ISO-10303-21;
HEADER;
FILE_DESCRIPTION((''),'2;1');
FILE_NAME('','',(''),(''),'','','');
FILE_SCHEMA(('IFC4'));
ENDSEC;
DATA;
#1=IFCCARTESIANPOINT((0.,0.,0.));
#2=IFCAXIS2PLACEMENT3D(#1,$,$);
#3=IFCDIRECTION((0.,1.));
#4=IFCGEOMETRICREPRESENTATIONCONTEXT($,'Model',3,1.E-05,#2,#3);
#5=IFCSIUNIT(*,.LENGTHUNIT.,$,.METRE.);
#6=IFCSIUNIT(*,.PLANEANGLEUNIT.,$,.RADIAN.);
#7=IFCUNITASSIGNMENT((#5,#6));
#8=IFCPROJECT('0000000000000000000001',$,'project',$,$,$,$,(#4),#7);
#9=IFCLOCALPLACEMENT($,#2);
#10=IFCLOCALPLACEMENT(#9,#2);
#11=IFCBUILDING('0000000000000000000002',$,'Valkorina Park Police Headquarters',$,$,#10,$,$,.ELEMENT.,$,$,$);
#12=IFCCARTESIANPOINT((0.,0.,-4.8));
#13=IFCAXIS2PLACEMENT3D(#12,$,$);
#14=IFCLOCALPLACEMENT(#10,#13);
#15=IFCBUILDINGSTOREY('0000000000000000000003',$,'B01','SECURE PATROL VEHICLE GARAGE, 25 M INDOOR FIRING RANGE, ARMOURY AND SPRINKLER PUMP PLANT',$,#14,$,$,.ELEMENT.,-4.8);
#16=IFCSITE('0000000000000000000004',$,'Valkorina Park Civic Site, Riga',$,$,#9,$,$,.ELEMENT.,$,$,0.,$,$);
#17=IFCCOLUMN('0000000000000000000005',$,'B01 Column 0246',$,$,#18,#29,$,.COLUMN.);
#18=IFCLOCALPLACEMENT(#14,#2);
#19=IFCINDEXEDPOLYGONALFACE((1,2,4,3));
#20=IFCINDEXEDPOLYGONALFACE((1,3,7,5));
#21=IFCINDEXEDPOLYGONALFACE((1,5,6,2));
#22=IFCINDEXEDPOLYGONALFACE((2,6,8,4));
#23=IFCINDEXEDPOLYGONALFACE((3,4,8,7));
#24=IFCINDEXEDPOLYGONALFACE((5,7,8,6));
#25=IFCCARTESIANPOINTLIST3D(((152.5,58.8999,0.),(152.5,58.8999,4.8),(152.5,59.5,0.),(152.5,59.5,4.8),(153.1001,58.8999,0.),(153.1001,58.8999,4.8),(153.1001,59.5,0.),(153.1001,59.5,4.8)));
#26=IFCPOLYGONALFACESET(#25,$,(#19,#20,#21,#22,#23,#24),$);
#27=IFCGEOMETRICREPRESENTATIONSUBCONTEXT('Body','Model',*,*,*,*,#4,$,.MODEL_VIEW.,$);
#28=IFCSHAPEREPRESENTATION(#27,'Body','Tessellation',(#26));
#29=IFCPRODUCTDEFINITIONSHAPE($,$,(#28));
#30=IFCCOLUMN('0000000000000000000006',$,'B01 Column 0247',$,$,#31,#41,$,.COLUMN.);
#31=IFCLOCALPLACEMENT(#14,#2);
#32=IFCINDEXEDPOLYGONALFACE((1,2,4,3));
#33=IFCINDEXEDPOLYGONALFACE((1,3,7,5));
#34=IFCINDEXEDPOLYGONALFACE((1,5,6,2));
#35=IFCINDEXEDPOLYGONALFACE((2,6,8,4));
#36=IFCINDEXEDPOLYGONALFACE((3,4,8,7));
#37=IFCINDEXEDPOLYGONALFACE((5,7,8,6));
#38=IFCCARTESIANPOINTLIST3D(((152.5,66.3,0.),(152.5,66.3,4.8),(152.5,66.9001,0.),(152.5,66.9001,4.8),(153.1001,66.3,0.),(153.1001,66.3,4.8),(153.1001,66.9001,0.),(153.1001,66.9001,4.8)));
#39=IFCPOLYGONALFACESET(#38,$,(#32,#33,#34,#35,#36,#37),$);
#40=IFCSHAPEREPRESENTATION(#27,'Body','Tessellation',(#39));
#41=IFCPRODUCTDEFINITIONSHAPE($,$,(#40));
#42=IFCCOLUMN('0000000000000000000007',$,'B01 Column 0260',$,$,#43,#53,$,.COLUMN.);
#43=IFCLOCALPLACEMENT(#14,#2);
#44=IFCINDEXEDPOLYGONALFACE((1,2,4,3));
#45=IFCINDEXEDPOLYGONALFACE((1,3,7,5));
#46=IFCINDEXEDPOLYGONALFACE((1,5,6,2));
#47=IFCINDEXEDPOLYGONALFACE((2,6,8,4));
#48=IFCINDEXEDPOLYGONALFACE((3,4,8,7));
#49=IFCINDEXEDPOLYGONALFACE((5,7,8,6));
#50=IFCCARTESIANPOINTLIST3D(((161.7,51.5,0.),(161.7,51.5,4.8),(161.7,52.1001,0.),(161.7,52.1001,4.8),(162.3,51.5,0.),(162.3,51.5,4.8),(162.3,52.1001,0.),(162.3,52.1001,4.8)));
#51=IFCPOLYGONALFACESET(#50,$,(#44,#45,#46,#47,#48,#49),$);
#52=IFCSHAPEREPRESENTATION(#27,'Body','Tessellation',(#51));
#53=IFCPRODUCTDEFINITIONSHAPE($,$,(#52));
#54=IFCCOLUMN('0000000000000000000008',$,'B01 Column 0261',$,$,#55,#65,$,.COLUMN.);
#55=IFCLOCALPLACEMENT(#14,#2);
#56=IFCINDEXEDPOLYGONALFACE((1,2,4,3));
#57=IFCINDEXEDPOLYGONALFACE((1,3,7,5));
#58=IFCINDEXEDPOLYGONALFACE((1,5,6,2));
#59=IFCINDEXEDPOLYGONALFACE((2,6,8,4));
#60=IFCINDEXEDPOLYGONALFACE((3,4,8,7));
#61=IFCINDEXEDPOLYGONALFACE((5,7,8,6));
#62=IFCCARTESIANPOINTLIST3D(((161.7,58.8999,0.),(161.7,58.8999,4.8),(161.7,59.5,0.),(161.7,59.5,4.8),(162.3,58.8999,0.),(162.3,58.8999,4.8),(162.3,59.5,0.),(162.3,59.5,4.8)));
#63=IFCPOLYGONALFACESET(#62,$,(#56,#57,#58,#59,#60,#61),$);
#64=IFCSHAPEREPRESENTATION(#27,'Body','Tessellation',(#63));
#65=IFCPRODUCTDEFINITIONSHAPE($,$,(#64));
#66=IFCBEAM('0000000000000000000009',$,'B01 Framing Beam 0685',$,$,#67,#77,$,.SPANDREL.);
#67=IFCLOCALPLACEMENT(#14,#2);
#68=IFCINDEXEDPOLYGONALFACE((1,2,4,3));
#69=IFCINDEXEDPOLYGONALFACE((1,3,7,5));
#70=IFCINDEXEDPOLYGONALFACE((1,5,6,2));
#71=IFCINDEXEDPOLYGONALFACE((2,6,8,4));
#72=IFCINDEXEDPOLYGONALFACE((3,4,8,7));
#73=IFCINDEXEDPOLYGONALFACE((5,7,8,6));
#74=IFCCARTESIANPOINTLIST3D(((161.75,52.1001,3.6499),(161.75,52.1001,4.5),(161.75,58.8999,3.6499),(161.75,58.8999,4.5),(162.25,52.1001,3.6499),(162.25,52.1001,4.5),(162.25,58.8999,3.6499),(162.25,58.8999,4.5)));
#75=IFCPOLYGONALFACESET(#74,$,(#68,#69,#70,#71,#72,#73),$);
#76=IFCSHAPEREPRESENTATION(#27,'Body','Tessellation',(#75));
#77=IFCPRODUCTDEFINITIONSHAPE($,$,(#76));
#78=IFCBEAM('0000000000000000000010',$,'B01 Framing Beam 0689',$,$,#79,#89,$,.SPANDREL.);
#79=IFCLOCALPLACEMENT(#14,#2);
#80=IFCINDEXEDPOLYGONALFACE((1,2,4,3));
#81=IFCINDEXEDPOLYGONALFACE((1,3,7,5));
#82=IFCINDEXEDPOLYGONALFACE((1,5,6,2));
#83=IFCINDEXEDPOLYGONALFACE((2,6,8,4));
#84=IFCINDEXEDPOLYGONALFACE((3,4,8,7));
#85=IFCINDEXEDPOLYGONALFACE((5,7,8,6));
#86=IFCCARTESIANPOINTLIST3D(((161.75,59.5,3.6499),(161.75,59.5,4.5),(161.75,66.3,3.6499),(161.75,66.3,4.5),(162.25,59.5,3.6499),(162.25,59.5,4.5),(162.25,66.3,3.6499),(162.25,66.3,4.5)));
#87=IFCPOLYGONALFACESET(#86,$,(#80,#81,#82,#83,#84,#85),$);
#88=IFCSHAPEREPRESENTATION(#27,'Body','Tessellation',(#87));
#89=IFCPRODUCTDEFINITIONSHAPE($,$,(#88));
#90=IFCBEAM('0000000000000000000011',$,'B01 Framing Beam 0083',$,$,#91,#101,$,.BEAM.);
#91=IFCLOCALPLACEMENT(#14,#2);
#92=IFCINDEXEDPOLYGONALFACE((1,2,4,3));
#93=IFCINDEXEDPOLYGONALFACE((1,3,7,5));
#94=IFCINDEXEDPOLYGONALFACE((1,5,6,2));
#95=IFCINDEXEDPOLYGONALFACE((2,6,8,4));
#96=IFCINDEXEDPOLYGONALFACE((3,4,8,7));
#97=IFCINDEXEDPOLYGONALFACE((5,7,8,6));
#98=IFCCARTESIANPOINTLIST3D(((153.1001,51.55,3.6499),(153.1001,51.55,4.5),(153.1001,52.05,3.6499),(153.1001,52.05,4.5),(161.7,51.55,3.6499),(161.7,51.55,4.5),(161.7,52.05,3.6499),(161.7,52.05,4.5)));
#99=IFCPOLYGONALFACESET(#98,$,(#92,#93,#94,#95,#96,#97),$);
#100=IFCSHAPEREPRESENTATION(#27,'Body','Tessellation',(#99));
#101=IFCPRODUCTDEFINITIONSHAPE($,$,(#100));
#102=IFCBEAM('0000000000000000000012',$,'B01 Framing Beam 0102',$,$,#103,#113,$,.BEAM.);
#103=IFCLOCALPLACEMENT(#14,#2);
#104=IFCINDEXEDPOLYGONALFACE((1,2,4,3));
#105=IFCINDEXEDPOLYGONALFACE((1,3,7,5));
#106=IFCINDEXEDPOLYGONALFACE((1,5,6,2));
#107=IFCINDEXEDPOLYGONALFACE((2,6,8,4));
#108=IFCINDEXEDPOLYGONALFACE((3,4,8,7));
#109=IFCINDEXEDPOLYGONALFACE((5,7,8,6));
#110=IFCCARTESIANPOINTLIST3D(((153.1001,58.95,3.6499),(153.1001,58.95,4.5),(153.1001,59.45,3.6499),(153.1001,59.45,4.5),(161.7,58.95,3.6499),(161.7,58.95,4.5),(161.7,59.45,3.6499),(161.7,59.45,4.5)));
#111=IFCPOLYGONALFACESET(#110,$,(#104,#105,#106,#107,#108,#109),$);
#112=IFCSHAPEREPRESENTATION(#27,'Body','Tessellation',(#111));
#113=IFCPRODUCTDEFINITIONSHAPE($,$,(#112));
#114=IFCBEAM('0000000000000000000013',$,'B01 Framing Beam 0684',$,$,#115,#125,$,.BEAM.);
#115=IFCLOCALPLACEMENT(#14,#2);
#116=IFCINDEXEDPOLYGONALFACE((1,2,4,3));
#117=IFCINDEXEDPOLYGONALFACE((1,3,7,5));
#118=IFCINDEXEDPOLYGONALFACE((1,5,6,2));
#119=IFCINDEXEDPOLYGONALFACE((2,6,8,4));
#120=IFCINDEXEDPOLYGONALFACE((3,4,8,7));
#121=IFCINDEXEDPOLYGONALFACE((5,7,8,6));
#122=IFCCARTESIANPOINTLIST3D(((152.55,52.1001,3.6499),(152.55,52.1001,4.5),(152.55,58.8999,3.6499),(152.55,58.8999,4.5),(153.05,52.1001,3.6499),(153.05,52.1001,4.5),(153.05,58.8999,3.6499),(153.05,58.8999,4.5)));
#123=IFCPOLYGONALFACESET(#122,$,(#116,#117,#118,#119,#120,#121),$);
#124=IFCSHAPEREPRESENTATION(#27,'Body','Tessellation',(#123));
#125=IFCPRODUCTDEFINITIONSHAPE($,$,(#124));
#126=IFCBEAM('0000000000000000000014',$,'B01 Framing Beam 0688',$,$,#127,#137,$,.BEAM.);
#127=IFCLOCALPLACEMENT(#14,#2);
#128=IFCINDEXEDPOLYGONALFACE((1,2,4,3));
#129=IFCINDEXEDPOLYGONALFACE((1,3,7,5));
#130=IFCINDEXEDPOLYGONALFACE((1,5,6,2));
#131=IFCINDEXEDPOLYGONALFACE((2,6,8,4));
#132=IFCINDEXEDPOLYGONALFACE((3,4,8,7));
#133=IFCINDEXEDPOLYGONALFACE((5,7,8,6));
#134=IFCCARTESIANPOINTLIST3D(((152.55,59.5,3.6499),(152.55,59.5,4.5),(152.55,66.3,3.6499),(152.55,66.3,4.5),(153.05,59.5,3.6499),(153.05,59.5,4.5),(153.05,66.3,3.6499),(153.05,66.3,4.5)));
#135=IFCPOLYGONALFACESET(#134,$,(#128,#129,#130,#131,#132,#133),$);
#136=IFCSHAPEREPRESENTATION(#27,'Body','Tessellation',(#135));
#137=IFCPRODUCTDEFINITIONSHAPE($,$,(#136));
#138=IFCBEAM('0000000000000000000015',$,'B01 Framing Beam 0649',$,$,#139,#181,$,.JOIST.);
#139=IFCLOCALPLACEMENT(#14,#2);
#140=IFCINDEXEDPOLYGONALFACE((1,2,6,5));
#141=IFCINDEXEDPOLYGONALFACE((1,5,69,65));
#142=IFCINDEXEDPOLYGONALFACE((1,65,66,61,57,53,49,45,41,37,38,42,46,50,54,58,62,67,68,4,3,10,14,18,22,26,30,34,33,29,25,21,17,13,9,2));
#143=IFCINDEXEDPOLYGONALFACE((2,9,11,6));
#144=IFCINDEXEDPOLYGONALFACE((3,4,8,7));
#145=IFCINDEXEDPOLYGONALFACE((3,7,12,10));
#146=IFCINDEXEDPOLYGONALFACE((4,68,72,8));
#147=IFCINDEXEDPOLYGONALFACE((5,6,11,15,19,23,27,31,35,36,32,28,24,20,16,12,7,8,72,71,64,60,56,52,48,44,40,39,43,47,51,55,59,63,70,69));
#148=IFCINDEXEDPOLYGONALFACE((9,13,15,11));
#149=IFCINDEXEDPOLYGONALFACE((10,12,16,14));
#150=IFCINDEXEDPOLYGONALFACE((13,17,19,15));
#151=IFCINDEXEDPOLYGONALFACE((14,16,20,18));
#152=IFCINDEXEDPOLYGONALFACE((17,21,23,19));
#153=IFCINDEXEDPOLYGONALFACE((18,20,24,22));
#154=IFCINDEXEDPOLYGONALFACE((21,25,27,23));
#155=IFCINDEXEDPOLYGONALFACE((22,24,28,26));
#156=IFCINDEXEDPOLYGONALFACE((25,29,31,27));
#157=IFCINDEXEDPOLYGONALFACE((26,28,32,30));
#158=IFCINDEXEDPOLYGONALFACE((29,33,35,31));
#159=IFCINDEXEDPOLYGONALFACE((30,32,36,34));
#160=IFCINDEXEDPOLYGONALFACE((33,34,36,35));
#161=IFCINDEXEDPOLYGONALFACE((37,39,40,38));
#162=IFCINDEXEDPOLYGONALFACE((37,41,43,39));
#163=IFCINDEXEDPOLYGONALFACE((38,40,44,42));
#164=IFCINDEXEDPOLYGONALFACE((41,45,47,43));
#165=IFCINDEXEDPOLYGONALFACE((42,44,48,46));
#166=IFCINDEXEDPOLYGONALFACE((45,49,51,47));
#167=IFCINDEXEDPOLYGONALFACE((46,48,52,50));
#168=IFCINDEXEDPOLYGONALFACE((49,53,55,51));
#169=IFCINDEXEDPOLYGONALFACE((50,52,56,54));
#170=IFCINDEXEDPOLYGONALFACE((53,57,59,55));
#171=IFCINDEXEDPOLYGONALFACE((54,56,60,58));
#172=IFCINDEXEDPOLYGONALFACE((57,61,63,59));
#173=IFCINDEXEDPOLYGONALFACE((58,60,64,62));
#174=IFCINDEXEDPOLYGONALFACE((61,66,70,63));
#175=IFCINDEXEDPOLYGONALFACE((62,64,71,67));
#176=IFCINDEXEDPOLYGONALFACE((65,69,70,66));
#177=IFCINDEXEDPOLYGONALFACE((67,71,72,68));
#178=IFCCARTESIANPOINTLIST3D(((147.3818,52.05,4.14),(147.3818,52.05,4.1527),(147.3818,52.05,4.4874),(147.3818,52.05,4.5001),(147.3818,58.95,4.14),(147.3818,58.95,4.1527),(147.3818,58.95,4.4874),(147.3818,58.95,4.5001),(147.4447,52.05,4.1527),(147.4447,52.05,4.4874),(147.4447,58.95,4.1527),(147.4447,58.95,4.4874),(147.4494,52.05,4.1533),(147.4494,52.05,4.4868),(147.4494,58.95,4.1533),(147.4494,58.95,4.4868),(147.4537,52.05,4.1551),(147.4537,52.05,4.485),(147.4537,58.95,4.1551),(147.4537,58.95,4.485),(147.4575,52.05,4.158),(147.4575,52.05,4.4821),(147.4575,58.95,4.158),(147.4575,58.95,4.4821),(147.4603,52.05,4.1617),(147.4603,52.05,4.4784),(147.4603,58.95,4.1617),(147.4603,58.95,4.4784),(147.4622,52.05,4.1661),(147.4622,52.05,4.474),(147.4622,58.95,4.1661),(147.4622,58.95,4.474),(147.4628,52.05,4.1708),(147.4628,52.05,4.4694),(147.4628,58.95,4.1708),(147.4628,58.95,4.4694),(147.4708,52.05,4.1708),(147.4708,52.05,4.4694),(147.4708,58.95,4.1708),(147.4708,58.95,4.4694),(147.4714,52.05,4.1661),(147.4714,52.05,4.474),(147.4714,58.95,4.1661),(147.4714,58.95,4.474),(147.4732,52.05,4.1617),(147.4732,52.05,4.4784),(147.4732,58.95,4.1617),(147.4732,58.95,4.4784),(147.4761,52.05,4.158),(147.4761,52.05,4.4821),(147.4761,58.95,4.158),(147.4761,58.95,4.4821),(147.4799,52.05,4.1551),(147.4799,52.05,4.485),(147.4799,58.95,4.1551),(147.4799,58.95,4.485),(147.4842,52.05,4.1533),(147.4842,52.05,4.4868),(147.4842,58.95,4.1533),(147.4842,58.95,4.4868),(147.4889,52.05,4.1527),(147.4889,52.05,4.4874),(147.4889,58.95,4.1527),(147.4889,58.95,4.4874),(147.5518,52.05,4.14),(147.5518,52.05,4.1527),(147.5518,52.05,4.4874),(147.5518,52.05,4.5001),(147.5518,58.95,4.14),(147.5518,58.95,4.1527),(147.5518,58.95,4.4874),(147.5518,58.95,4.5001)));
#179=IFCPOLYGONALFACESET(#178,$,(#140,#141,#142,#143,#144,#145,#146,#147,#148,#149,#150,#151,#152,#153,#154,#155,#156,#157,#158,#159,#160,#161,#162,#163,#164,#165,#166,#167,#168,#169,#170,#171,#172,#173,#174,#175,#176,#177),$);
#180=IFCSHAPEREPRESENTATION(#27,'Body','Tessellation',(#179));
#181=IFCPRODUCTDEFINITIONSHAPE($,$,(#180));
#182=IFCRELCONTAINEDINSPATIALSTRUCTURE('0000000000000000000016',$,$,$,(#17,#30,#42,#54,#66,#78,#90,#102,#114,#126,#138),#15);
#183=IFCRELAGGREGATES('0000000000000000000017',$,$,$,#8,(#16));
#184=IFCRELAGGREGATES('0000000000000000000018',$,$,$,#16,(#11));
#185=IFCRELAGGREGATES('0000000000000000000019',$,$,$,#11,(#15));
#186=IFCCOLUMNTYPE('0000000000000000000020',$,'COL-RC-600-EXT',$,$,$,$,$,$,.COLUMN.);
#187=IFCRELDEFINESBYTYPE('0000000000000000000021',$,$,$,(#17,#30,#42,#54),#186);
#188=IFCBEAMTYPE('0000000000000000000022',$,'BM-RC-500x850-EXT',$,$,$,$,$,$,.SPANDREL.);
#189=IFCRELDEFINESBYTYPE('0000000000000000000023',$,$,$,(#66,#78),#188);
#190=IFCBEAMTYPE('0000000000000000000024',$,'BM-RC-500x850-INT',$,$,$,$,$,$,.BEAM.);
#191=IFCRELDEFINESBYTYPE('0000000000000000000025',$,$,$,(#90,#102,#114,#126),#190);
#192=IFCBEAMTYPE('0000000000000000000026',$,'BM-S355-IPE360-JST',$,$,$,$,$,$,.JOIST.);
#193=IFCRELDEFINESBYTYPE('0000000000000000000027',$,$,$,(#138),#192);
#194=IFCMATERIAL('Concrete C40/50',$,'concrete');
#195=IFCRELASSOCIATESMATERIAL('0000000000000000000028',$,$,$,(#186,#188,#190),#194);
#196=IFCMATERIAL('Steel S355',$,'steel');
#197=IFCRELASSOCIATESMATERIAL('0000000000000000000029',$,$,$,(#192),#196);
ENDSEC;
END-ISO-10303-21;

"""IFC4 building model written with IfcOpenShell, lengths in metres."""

from ifc_helpers import new_model, si_unit, direction, frame, origin, origin_2d, place, context, subcontext, project, spatial, rectangle, i_section, extrude, material, material_profile, profile_set, type_object, element, save


model = new_model("IFC4")

# Units and contexts
model_context = context("Model", 3, precision=1e-05, world=origin(), true_north=direction((0.0, 1.0)))
body_context = subcontext(model_context, "Body", "Model", "MODEL_VIEW")
ifc_project = project(units=[si_unit("LENGTHUNIT", "METRE"), si_unit("PLANEANGLEUNIT", "RADIAN")], contexts=[model_context])

# Site, building, storey
site_placement = place(None, origin())
site = spatial("IfcSite", under=ifc_project, at=site_placement, Name="Valkorina Park Civic Site, Riga", CompositionType="ELEMENT", RefElevation=0.0)
building_placement = place(site_placement, origin())
building = spatial("IfcBuilding", under=site, at=building_placement, Name="Valkorina Park Police Headquarters", CompositionType="ELEMENT")
storey_placement = place(building_placement, frame((0.0, 0.0, -4.8)))
storey = spatial("IfcBuildingStorey", under=building, at=storey_placement, Name="B01", Description="SECURE PATROL VEHICLE GARAGE, 25 M INDOOR FIRING RANGE, ARMOURY AND SPRINKLER PUMP PLANT", CompositionType="ELEMENT", Elevation=-4.8)

# Shared definitions
ifc_material_1 = material(Name="Concrete C40/50", Category="concrete")

# Columns
ifc_material_profile_1 = material_profile(ifc_material_1, rectangle(XDim=0.6001, YDim=0.6001, at=origin_2d()), Name="RC COL 600x600")
ifc_profile_set_1 = profile_set([ifc_material_profile_1], Name="Concrete C40/50")
column_type = type_object("IfcColumnType", Name="COL-RC-600-EXT", PredefinedType="COLUMN", material=ifc_profile_set_1)
for number, where, z_axis, x_axis, name in (
    (1, (152.8, 59.2, 0.0), (0.0, 0.0, 1.0), (1.0, 0.0, 0.0), "B01 Column 0246"),
    (2, (152.8, 66.6001, 0.0), (0.0, 0.0, 1.0), (1.0, 0.0, 0.0), "B01 Column 0247"),
    (3, (162.0, 51.8, 0.0), (0.0, 0.0, 1.0), (1.0, 0.0, 0.0), "B01 Column 0260"),
    (4, (162.0, 59.2, 0.0), (0.0, 0.0, 1.0), (1.0, 0.0, 0.0), "B01 Column 0261"),
):
    element("IfcColumn", number, at=place(storey_placement, frame(where, z_axis=z_axis, x_axis=x_axis)), inside=storey, type_object=column_type, Name=name, PredefinedType="COLUMN", context=body_context, shape_type="SweptSolid", body=[
        extrude(rectangle(XDim=0.6001, YDim=0.6001, at=origin_2d()), origin(), (0.0, 0.0, 1.0), 4.8),
    ])

# Beams
ifc_material_profile_2 = material_profile(ifc_material_1, rectangle(XDim=0.5, YDim=0.8501, at=origin_2d()), Name="RC BEAM 500x850")
ifc_profile_set_2 = profile_set([ifc_material_profile_2], Name="Concrete C40/50")
beam_type_1 = type_object("IfcBeamType", Name="BM-RC-500x850-EXT", PredefinedType="SPANDREL", material=ifc_profile_set_2)
beam_1_placement = place(storey_placement, frame((162.0, 52.1001, 4.075), z_axis=(0.0, 1.0, 0.0), x_axis=(-1.0, 0.0, 0.0)))
element("IfcBeam", 5, at=beam_1_placement, inside=storey, type_object=beam_type_1, Name="B01 Framing Beam 0685", PredefinedType="SPANDREL", context=body_context, shape_type="SweptSolid", body=[
    extrude(rectangle(XDim=0.5, YDim=0.8501, at=origin_2d()), origin(), (0.0, 0.0, 1.0), 6.7998),
])
beam_2_placement = place(storey_placement, frame((162.0, 59.5, 4.075), z_axis=(0.0, 1.0, 0.0), x_axis=(-1.0, 0.0, 0.0)))
element("IfcBeam", 6, at=beam_2_placement, inside=storey, type_object=beam_type_1, Name="B01 Framing Beam 0689", PredefinedType="SPANDREL", context=body_context, shape_type="SweptSolid", body=[
    extrude(rectangle(XDim=0.5, YDim=0.8501, at=origin_2d()), origin(), (0.0, 0.0, 1.0), 6.8),
])
ifc_material_profile_3 = material_profile(ifc_material_1, rectangle(XDim=0.5, YDim=0.8501, at=origin_2d()), Name="RC BEAM 500x850")
ifc_profile_set_3 = profile_set([ifc_material_profile_3], Name="Concrete C40/50")
beam_type_2 = type_object("IfcBeamType", Name="BM-RC-500x850-INT", PredefinedType="BEAM", material=ifc_profile_set_3)
for number, where, z_axis, x_axis, name in (
    (7, (153.1001, 51.8, 4.075), (1.0, 0.0, 0.0), (0.0, 1.0, 0.0), "B01 Framing Beam 0083"),
    (8, (153.1001, 59.2, 4.075), (1.0, 0.0, 0.0), (0.0, 1.0, 0.0), "B01 Framing Beam 0102"),
):
    element("IfcBeam", number, at=place(storey_placement, frame(where, z_axis=z_axis, x_axis=x_axis)), inside=storey, type_object=beam_type_2, Name=name, PredefinedType="BEAM", context=body_context, shape_type="SweptSolid", body=[
        extrude(rectangle(XDim=0.5, YDim=0.8501, at=origin_2d()), origin(), (0.0, 0.0, 1.0), 8.5999),
    ])
beam_3_placement = place(storey_placement, frame((152.8, 52.1001, 4.075), z_axis=(0.0, 1.0, 0.0), x_axis=(-1.0, 0.0, 0.0)))
element("IfcBeam", 9, at=beam_3_placement, inside=storey, type_object=beam_type_2, Name="B01 Framing Beam 0684", PredefinedType="BEAM", context=body_context, shape_type="SweptSolid", body=[
    extrude(rectangle(XDim=0.5, YDim=0.8501, at=origin_2d()), origin(), (0.0, 0.0, 1.0), 6.7998),
])
beam_4_placement = place(storey_placement, frame((152.8, 59.5, 4.075), z_axis=(0.0, 1.0, 0.0), x_axis=(-1.0, 0.0, 0.0)))
element("IfcBeam", 10, at=beam_4_placement, inside=storey, type_object=beam_type_2, Name="B01 Framing Beam 0688", PredefinedType="BEAM", context=body_context, shape_type="SweptSolid", body=[
    extrude(rectangle(XDim=0.5, YDim=0.8501, at=origin_2d()), origin(), (0.0, 0.0, 1.0), 6.8),
])
ifc_material_2 = material(Name="Steel S355", Category="steel")
ifc_material_profile_4 = material_profile(ifc_material_2, i_section(OverallWidth=0.1699, OverallDepth=0.3601, WebThickness=0.0081, FlangeThickness=0.0127, FilletRadius=0.0181, at=origin_2d()), Name="IPE 360")
ifc_profile_set_4 = profile_set([ifc_material_profile_4], Name="Steel S355")
beam_type_3 = type_object("IfcBeamType", Name="BM-S355-IPE360-JST", PredefinedType="JOIST", material=ifc_profile_set_4)
for number, where, z_axis, x_axis, name in (
    (11, (147.4668, 52.05, 4.3201), (0.0, 1.0, 0.0), (-1.0, 0.0, 0.0), "B01 Framing Beam 0649"),
):
    element("IfcBeam", number, at=place(storey_placement, frame(where, z_axis=z_axis, x_axis=x_axis)), inside=storey, type_object=beam_type_3, Name=name, PredefinedType="JOIST", context=body_context, shape_type="SweptSolid", body=[
        extrude(i_section(OverallWidth=0.1699, OverallDepth=0.3601, WebThickness=0.0081, FlangeThickness=0.0127, FilletRadius=0.0181, at=origin_2d()), origin(), (0.0, 0.0, 1.0), 6.8999),
    ])

save(model, "model.ifc")
